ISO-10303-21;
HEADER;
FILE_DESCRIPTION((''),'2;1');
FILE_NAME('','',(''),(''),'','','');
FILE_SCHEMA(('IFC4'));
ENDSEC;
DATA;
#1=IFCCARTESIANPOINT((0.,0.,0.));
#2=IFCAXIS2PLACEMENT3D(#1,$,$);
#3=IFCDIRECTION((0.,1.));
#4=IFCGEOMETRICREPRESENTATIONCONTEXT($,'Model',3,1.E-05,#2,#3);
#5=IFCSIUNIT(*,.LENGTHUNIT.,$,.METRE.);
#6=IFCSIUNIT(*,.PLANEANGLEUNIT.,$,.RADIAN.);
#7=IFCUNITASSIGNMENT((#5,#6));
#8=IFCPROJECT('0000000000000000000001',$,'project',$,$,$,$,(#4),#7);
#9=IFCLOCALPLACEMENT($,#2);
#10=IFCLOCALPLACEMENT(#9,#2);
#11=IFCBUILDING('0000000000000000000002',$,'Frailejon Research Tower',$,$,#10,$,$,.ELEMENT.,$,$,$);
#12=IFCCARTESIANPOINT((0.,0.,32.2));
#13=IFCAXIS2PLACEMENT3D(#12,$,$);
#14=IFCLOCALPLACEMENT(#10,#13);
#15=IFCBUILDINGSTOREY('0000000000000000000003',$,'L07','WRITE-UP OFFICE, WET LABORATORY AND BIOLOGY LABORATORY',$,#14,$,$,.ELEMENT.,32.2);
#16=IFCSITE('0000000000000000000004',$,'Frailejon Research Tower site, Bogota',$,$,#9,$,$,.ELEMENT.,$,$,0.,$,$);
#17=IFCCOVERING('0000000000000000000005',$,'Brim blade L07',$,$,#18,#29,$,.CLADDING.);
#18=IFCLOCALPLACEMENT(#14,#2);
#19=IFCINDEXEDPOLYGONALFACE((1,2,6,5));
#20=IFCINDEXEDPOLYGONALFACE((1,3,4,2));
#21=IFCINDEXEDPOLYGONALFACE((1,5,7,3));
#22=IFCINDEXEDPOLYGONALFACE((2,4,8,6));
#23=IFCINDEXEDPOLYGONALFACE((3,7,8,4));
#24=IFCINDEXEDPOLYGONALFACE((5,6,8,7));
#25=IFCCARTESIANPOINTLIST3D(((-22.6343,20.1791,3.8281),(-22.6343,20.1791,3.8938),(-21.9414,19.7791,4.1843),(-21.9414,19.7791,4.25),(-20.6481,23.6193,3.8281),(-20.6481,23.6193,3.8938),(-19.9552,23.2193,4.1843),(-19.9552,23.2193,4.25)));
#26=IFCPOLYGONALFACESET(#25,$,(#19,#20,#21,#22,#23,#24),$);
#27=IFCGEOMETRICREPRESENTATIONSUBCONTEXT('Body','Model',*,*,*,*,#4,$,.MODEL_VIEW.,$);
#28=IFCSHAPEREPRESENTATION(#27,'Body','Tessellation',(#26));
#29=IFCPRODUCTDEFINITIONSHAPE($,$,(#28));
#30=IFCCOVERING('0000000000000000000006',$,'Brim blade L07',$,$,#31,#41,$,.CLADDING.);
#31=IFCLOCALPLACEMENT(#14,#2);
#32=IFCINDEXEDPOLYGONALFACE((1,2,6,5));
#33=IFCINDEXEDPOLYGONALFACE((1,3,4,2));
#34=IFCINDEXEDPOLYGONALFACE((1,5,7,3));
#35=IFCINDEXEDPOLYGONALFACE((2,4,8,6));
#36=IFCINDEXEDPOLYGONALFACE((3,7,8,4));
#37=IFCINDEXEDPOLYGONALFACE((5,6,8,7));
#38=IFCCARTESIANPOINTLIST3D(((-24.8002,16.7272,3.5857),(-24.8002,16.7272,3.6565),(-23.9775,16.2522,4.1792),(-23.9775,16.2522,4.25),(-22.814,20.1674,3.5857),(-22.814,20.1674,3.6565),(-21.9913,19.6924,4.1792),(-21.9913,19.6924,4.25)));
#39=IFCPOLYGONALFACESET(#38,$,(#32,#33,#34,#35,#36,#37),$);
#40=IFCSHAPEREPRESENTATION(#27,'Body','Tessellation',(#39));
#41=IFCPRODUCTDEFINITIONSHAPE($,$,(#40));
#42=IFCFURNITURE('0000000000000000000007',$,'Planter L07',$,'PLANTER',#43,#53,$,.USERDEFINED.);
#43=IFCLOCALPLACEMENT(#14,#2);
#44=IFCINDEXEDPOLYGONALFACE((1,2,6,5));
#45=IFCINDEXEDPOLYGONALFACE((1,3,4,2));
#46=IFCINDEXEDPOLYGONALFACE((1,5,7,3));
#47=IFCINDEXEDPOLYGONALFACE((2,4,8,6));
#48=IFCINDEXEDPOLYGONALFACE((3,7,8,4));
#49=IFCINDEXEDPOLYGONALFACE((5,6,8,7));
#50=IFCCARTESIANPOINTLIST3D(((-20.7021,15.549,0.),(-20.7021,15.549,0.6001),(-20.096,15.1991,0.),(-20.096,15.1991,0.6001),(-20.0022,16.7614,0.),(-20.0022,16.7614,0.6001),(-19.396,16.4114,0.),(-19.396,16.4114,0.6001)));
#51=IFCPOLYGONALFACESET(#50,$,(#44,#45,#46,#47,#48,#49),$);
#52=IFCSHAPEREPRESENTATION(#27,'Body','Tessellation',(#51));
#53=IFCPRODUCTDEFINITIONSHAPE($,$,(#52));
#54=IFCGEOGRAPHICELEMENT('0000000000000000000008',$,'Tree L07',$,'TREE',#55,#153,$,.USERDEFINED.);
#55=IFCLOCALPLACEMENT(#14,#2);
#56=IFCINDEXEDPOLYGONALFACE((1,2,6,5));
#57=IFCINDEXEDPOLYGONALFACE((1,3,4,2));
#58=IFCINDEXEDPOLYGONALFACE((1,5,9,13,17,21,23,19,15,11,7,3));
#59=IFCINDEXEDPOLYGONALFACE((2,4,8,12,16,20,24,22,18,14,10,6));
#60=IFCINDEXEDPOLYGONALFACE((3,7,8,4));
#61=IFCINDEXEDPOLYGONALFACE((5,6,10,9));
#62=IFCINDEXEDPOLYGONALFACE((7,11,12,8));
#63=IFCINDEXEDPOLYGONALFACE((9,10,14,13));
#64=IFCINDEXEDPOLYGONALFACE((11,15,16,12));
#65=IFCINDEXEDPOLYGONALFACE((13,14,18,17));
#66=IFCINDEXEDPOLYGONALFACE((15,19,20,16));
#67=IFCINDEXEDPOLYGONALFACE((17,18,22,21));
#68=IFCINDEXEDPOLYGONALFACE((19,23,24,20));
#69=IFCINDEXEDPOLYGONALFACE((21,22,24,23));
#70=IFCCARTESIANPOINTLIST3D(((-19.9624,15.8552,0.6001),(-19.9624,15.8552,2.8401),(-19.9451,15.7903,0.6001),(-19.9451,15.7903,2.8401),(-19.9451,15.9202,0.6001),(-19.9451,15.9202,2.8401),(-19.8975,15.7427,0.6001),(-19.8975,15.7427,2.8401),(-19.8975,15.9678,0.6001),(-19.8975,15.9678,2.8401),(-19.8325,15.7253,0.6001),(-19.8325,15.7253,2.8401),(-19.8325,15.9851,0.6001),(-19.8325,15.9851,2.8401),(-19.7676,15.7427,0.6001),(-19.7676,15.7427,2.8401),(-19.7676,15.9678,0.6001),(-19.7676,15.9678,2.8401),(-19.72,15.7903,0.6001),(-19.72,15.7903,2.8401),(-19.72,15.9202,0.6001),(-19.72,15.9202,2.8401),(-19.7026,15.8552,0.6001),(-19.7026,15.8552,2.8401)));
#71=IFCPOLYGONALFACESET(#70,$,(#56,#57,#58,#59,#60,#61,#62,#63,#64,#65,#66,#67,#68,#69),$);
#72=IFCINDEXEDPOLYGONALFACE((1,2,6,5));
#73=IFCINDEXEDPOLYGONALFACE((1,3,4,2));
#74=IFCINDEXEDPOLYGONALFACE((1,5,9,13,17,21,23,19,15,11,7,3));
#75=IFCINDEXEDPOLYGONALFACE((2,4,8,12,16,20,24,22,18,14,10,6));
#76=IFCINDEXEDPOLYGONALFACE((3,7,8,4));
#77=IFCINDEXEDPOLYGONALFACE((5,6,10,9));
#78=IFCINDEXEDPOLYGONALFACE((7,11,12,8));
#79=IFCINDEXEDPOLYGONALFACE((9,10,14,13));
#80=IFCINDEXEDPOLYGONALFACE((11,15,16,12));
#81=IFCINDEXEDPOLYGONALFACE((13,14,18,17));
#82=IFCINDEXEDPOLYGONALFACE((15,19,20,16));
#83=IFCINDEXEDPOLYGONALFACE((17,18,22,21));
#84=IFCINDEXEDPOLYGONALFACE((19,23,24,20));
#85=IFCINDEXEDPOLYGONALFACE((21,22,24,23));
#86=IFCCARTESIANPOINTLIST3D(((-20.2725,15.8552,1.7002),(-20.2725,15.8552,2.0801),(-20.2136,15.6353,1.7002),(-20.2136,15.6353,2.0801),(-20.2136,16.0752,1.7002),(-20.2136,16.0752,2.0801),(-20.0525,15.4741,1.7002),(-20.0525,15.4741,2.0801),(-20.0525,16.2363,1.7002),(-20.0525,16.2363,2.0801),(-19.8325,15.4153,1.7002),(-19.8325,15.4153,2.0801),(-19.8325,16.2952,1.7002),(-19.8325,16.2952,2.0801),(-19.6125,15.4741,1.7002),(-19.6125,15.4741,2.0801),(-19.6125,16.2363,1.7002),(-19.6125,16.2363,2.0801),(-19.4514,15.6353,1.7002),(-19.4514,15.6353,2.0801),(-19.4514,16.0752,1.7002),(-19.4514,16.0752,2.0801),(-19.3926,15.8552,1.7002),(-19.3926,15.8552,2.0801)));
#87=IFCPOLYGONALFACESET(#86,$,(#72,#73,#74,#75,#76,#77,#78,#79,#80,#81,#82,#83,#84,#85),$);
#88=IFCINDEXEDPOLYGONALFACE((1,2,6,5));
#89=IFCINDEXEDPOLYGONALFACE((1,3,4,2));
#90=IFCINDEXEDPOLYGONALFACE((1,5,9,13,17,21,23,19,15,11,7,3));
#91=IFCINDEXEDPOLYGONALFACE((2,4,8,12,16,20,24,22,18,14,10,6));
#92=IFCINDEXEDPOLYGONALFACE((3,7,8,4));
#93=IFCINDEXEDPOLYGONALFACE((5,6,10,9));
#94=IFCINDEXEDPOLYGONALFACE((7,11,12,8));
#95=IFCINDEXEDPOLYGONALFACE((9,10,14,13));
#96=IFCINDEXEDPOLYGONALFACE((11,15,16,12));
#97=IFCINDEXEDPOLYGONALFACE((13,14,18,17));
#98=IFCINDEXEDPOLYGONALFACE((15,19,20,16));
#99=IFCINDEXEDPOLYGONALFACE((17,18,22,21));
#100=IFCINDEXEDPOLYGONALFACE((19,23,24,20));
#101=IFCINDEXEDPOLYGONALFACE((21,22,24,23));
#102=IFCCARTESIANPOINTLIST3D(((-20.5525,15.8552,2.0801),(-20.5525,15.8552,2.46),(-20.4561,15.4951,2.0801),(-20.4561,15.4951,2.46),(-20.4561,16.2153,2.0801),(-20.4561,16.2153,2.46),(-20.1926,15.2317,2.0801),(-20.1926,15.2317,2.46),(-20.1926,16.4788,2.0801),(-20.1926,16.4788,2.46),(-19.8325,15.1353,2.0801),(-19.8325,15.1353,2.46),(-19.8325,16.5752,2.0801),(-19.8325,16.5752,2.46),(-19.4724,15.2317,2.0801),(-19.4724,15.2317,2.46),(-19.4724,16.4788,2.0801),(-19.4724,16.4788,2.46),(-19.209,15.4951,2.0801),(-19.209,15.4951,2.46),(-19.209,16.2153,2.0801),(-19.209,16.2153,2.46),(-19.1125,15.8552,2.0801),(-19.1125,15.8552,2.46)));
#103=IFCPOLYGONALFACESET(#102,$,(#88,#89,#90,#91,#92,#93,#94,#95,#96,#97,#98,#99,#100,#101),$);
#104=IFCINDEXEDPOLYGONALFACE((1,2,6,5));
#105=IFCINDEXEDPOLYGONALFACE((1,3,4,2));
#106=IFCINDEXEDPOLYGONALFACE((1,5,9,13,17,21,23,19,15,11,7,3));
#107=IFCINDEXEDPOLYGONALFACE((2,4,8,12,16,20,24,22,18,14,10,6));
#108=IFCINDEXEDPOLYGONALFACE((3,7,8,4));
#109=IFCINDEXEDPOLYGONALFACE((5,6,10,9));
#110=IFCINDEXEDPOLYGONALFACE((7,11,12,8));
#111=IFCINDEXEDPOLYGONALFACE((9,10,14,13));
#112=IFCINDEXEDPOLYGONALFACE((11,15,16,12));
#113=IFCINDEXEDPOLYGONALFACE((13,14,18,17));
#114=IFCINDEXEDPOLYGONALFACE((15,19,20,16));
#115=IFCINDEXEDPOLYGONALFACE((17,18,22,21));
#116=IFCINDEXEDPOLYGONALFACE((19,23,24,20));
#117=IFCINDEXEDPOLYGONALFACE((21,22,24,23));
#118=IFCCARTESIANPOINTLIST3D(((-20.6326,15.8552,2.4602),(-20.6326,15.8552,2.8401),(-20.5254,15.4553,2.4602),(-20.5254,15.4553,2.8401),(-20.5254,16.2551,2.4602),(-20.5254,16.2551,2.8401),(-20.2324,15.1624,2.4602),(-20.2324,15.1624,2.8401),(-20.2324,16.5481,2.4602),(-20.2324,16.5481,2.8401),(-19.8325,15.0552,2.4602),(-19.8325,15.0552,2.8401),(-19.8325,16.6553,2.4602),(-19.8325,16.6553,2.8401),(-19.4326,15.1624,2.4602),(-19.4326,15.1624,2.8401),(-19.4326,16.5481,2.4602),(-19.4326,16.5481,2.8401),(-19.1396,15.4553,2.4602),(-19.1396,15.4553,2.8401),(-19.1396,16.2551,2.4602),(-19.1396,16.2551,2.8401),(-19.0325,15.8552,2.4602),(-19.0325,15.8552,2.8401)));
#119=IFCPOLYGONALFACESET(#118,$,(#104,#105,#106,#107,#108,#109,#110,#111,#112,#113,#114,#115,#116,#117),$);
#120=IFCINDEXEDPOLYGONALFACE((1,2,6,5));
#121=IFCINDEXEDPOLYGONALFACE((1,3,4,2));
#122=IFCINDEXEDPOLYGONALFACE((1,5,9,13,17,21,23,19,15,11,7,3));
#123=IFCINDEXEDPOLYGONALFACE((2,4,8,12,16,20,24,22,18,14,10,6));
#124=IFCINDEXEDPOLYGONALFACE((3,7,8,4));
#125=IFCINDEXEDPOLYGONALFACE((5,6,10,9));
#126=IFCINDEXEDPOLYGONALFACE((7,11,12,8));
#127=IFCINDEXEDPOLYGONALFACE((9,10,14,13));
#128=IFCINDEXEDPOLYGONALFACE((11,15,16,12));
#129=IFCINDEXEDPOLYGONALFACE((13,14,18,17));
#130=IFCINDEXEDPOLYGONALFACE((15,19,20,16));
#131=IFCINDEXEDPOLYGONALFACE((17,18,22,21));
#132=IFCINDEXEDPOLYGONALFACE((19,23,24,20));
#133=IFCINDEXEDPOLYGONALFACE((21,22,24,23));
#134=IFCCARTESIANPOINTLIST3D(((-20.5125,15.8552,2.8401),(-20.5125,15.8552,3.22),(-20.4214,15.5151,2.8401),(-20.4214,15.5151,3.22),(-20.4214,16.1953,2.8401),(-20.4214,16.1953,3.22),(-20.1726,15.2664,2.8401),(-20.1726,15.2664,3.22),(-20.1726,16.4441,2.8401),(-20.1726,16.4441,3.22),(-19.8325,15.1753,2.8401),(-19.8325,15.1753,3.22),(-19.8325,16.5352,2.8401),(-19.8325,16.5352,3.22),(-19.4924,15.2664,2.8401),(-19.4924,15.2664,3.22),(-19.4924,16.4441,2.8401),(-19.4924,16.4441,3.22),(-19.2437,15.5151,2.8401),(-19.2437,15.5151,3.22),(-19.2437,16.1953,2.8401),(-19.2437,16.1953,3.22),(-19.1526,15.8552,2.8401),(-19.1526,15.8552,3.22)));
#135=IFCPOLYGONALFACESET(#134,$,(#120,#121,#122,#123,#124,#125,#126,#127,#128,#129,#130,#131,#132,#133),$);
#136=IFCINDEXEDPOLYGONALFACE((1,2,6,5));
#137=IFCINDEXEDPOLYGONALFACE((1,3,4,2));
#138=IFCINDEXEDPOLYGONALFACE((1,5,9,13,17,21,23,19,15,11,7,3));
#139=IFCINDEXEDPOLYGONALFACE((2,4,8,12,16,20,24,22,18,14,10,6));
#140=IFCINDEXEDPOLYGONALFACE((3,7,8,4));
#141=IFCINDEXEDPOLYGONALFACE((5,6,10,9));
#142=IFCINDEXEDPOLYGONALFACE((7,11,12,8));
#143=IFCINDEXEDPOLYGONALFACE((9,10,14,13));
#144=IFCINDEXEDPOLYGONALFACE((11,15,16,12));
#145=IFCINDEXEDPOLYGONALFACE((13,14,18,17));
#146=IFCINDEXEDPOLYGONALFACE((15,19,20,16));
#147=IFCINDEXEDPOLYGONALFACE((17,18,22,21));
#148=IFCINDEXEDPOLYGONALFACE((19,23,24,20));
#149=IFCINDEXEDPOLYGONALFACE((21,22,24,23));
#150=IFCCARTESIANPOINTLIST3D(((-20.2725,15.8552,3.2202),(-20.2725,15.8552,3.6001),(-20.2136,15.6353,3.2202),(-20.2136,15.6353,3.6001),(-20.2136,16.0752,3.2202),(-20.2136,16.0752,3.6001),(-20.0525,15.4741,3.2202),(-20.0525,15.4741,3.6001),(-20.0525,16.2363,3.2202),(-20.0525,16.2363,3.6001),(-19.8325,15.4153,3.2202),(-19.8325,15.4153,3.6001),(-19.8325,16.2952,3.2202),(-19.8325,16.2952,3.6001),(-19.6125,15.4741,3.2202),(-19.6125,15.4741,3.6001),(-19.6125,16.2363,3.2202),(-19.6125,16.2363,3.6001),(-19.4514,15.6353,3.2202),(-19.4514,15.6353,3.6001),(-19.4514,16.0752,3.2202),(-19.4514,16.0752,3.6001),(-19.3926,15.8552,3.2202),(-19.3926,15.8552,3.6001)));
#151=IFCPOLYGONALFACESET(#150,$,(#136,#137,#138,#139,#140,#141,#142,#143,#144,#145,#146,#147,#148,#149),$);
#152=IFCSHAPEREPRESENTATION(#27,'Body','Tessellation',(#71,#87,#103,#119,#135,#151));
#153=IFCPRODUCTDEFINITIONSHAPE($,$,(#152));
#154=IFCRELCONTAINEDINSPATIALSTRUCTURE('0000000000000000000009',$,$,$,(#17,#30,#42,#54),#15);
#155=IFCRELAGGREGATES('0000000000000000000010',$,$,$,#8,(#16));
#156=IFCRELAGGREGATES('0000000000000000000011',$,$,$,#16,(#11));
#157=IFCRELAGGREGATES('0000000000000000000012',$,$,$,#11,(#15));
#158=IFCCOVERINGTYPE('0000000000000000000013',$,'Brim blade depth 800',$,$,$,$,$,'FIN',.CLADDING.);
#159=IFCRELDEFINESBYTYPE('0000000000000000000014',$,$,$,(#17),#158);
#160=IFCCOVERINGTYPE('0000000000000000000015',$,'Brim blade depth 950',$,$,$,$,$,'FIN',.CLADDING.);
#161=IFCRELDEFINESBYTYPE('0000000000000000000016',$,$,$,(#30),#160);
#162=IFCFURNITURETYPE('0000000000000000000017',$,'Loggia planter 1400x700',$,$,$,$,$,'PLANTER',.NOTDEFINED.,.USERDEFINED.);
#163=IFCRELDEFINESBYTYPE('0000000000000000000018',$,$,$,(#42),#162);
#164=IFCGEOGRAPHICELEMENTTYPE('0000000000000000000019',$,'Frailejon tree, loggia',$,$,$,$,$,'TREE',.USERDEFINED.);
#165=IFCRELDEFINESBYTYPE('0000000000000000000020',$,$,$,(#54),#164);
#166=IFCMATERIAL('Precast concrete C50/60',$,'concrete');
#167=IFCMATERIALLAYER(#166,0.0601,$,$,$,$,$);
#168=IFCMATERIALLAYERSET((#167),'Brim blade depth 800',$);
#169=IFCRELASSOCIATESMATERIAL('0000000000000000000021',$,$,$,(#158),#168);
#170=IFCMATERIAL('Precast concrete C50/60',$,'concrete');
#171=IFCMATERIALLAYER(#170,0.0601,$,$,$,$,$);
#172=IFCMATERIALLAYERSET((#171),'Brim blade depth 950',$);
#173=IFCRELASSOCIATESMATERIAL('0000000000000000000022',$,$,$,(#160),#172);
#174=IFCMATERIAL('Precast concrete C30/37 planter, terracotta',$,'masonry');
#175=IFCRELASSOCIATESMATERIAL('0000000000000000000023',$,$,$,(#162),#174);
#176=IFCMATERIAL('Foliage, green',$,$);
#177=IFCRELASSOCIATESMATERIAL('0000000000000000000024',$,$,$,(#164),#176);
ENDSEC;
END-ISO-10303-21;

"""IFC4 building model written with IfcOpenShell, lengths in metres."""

from ifc_helpers import new_model, si_unit, direction, frame, origin, origin_2d, place, context, subcontext, project, spatial, polyline, rectangle, outline, extrude, material, layer, layer_set, type_object, element, save


model = new_model("IFC4")

# Units and contexts
model_context = context("Model", 3, precision=1e-05, world=origin(), true_north=direction((0.0, 1.0)))
body_context = subcontext(model_context, "Body", "Model", "MODEL_VIEW")
ifc_project = project(units=[si_unit("LENGTHUNIT", "METRE"), si_unit("PLANEANGLEUNIT", "RADIAN")], contexts=[model_context])

# Site, building, storey
site_placement = place(None, origin())
site = spatial("IfcSite", under=ifc_project, at=site_placement, Name="Frailejon Research Tower site, Bogota", CompositionType="ELEMENT", RefElevation=0.0)
building_placement = place(site_placement, origin())
building = spatial("IfcBuilding", under=site, at=building_placement, Name="Frailejon Research Tower", CompositionType="ELEMENT")
storey_placement = place(building_placement, frame((0.0, 0.0, 32.2)))
storey = spatial("IfcBuildingStorey", under=building, at=storey_placement, Name="L07", Description="WRITE-UP OFFICE, WET LABORATORY AND BIOLOGY LABORATORY", CompositionType="ELEMENT", Elevation=32.2)

# Coverings
ifc_material_1 = material(Name="Precast concrete C50/60", Category="concrete")
ifc_layer_1 = layer(ifc_material_1, 0.0601)
ifc_layer_set_1 = layer_set([ifc_layer_1], Name="Brim blade depth 800")
covering_type_1 = type_object("IfcCoveringType", Name="Brim blade depth 800", ElementType="FIN", PredefinedType="CLADDING", material=ifc_layer_set_1)
covering_1_placement = place(storey_placement, frame((-21.9414, 19.7791, 4.25), z_axis=(0.499992, 0.86603, 0.0), x_axis=(-0.86603, 0.499992, 0.0)))
element("IfcCovering", 1, at=covering_1_placement, inside=storey, type_object=covering_type_1, Name="Brim blade L07", PredefinedType="CLADDING", context=body_context, shape_type="SweptSolid", body=[
    extrude(outline(polyline([(0.0, -0.0657), (0.8, -0.4219), (0.8, -0.3562), (0.0, 0.0), (0.0, -0.0657)])), origin(), (0.0, 0.0, 1.0), 3.9724),
])
ifc_material_2 = material(Name="Precast concrete C50/60", Category="concrete")
ifc_layer_2 = layer(ifc_material_2, 0.0601)
ifc_layer_set_2 = layer_set([ifc_layer_2], Name="Brim blade depth 950")
covering_type_2 = type_object("IfcCoveringType", Name="Brim blade depth 950", ElementType="FIN", PredefinedType="CLADDING", material=ifc_layer_set_2)
covering_2_placement = place(storey_placement, frame((-23.9775, 16.2522, 4.25), z_axis=(0.500011, 0.866019, 0.0), x_axis=(-0.866019, 0.500011, 0.0)))
element("IfcCovering", 2, at=covering_2_placement, inside=storey, type_object=covering_type_2, Name="Brim blade L07", PredefinedType="CLADDING", context=body_context, shape_type="SweptSolid", body=[
    extrude(outline(polyline([(0.0, -0.0708), (0.95, -0.6643), (0.95, -0.5935), (0.0, 0.0), (0.0, -0.0708)])), origin(), (0.0, 0.0, 1.0), 3.9724),
])

# Furniture
ifc_material_3 = material(Name="Precast concrete C30/37 planter, terracotta", Category="masonry")
furniture_type = type_object("IfcFurnitureType", Name="Loggia planter 1400x700", ElementType="PLANTER", AssemblyPlace="NOTDEFINED", PredefinedType="USERDEFINED", material=ifc_material_3)
furniture_placement = place(storey_placement, frame((-20.0491, 15.9802, 0.0), z_axis=(0.0, 0.0, 1.0), x_axis=(-0.5, -0.866025, 0.0)))
element("IfcFurniture", 3, at=furniture_placement, inside=storey, type_object=furniture_type, Name="Planter L07", ObjectType="PLANTER", PredefinedType="USERDEFINED", context=body_context, shape_type="SweptSolid", body=[
    extrude(rectangle(XDim=1.3999, YDim=0.7, at=origin_2d()), origin(), (0.0, 0.0, 1.0), 0.6001),
])

# Geographic element
ifc_material_4 = material(Name="Foliage, green")
geographic_element_type = type_object("IfcGeographicElementType", Name="Frailejon tree, loggia", ElementType="TREE", PredefinedType="USERDEFINED", material=ifc_material_4)
geographic_element_placement = place(storey_placement, frame((-19.8325, 15.8552, 0.6001)))
element("IfcGeographicElement", 4, at=geographic_element_placement, inside=storey, type_object=geographic_element_type, Name="Tree L07", ObjectType="TREE", PredefinedType="USERDEFINED", context=body_context, shape_type="SweptSolid", body=[
    extrude(outline(polyline([(0.1299, 0.0), (0.1125, 0.0649), (0.0649, 0.1125), (0.0, 0.1299), (-0.0649, 0.1125), (-0.1125, 0.0649), (-0.1299, 0.0), (-0.1125, -0.0649), (-0.0649, -0.1125), (0.0, -0.1299), (0.0649, -0.1125), (0.1125, -0.0649), (0.1299, 0.0)])), origin(), (0.0, 0.0, 1.0), 2.24),
    extrude(outline(polyline([(0.4399, 0.0), (0.3811, 0.22), (0.22, 0.3811), (0.0, 0.4399), (-0.22, 0.3811), (-0.3811, 0.22), (-0.4399, 0.0), (-0.3811, -0.22), (-0.22, -0.3811), (0.0, -0.4399), (0.22, -0.3811), (0.3811, -0.22), (0.4399, 0.0)])), frame((0.0, 0.0, 1.1001)), (0.0, 0.0, 1.0), 0.3799),
    extrude(outline(polyline([(0.72, 0.0), (0.6235, 0.3601), (0.3601, 0.6235), (0.0, 0.72), (-0.3601, 0.6235), (-0.6235, 0.3601), (-0.72, 0.0), (-0.6235, -0.3601), (-0.3601, -0.6235), (0.0, -0.72), (0.3601, -0.6235), (0.6235, -0.3601), (0.72, 0.0)])), frame((0.0, 0.0, 1.48)), (0.0, 0.0, 1.0), 0.3799),
    extrude(outline(polyline([(0.8, 0.0), (0.6929, 0.3999), (0.3999, 0.6929), (0.0, 0.8), (-0.3999, 0.6929), (-0.6929, 0.3999), (-0.8, 0.0), (-0.6929, -0.3999), (-0.3999, -0.6929), (0.0, -0.8), (0.3999, -0.6929), (0.6929, -0.3999), (0.8, 0.0)])), frame((0.0, 0.0, 1.8601)), (0.0, 0.0, 1.0), 0.3799),
    extrude(outline(polyline([(0.6799, 0.0), (0.5889, 0.3401), (0.3401, 0.5889), (0.0, 0.6799), (-0.3401, 0.5889), (-0.5889, 0.3401), (-0.6799, 0.0), (-0.5889, -0.3401), (-0.3401, -0.5889), (0.0, -0.6799), (0.3401, -0.5889), (0.5889, -0.3401), (0.6799, 0.0)])), frame((0.0, 0.0, 2.24)), (0.0, 0.0, 1.0), 0.3799),
    extrude(outline(polyline([(0.4399, 0.0), (0.3811, 0.22), (0.22, 0.3811), (0.0, 0.4399), (-0.22, 0.3811), (-0.3811, 0.22), (-0.4399, 0.0), (-0.3811, -0.22), (-0.22, -0.3811), (0.0, -0.4399), (0.22, -0.3811), (0.3811, -0.22), (0.4399, 0.0)])), frame((0.0, 0.0, 2.6201)), (0.0, 0.0, 1.0), 0.3799),
])

save(model, "model.ifc")
